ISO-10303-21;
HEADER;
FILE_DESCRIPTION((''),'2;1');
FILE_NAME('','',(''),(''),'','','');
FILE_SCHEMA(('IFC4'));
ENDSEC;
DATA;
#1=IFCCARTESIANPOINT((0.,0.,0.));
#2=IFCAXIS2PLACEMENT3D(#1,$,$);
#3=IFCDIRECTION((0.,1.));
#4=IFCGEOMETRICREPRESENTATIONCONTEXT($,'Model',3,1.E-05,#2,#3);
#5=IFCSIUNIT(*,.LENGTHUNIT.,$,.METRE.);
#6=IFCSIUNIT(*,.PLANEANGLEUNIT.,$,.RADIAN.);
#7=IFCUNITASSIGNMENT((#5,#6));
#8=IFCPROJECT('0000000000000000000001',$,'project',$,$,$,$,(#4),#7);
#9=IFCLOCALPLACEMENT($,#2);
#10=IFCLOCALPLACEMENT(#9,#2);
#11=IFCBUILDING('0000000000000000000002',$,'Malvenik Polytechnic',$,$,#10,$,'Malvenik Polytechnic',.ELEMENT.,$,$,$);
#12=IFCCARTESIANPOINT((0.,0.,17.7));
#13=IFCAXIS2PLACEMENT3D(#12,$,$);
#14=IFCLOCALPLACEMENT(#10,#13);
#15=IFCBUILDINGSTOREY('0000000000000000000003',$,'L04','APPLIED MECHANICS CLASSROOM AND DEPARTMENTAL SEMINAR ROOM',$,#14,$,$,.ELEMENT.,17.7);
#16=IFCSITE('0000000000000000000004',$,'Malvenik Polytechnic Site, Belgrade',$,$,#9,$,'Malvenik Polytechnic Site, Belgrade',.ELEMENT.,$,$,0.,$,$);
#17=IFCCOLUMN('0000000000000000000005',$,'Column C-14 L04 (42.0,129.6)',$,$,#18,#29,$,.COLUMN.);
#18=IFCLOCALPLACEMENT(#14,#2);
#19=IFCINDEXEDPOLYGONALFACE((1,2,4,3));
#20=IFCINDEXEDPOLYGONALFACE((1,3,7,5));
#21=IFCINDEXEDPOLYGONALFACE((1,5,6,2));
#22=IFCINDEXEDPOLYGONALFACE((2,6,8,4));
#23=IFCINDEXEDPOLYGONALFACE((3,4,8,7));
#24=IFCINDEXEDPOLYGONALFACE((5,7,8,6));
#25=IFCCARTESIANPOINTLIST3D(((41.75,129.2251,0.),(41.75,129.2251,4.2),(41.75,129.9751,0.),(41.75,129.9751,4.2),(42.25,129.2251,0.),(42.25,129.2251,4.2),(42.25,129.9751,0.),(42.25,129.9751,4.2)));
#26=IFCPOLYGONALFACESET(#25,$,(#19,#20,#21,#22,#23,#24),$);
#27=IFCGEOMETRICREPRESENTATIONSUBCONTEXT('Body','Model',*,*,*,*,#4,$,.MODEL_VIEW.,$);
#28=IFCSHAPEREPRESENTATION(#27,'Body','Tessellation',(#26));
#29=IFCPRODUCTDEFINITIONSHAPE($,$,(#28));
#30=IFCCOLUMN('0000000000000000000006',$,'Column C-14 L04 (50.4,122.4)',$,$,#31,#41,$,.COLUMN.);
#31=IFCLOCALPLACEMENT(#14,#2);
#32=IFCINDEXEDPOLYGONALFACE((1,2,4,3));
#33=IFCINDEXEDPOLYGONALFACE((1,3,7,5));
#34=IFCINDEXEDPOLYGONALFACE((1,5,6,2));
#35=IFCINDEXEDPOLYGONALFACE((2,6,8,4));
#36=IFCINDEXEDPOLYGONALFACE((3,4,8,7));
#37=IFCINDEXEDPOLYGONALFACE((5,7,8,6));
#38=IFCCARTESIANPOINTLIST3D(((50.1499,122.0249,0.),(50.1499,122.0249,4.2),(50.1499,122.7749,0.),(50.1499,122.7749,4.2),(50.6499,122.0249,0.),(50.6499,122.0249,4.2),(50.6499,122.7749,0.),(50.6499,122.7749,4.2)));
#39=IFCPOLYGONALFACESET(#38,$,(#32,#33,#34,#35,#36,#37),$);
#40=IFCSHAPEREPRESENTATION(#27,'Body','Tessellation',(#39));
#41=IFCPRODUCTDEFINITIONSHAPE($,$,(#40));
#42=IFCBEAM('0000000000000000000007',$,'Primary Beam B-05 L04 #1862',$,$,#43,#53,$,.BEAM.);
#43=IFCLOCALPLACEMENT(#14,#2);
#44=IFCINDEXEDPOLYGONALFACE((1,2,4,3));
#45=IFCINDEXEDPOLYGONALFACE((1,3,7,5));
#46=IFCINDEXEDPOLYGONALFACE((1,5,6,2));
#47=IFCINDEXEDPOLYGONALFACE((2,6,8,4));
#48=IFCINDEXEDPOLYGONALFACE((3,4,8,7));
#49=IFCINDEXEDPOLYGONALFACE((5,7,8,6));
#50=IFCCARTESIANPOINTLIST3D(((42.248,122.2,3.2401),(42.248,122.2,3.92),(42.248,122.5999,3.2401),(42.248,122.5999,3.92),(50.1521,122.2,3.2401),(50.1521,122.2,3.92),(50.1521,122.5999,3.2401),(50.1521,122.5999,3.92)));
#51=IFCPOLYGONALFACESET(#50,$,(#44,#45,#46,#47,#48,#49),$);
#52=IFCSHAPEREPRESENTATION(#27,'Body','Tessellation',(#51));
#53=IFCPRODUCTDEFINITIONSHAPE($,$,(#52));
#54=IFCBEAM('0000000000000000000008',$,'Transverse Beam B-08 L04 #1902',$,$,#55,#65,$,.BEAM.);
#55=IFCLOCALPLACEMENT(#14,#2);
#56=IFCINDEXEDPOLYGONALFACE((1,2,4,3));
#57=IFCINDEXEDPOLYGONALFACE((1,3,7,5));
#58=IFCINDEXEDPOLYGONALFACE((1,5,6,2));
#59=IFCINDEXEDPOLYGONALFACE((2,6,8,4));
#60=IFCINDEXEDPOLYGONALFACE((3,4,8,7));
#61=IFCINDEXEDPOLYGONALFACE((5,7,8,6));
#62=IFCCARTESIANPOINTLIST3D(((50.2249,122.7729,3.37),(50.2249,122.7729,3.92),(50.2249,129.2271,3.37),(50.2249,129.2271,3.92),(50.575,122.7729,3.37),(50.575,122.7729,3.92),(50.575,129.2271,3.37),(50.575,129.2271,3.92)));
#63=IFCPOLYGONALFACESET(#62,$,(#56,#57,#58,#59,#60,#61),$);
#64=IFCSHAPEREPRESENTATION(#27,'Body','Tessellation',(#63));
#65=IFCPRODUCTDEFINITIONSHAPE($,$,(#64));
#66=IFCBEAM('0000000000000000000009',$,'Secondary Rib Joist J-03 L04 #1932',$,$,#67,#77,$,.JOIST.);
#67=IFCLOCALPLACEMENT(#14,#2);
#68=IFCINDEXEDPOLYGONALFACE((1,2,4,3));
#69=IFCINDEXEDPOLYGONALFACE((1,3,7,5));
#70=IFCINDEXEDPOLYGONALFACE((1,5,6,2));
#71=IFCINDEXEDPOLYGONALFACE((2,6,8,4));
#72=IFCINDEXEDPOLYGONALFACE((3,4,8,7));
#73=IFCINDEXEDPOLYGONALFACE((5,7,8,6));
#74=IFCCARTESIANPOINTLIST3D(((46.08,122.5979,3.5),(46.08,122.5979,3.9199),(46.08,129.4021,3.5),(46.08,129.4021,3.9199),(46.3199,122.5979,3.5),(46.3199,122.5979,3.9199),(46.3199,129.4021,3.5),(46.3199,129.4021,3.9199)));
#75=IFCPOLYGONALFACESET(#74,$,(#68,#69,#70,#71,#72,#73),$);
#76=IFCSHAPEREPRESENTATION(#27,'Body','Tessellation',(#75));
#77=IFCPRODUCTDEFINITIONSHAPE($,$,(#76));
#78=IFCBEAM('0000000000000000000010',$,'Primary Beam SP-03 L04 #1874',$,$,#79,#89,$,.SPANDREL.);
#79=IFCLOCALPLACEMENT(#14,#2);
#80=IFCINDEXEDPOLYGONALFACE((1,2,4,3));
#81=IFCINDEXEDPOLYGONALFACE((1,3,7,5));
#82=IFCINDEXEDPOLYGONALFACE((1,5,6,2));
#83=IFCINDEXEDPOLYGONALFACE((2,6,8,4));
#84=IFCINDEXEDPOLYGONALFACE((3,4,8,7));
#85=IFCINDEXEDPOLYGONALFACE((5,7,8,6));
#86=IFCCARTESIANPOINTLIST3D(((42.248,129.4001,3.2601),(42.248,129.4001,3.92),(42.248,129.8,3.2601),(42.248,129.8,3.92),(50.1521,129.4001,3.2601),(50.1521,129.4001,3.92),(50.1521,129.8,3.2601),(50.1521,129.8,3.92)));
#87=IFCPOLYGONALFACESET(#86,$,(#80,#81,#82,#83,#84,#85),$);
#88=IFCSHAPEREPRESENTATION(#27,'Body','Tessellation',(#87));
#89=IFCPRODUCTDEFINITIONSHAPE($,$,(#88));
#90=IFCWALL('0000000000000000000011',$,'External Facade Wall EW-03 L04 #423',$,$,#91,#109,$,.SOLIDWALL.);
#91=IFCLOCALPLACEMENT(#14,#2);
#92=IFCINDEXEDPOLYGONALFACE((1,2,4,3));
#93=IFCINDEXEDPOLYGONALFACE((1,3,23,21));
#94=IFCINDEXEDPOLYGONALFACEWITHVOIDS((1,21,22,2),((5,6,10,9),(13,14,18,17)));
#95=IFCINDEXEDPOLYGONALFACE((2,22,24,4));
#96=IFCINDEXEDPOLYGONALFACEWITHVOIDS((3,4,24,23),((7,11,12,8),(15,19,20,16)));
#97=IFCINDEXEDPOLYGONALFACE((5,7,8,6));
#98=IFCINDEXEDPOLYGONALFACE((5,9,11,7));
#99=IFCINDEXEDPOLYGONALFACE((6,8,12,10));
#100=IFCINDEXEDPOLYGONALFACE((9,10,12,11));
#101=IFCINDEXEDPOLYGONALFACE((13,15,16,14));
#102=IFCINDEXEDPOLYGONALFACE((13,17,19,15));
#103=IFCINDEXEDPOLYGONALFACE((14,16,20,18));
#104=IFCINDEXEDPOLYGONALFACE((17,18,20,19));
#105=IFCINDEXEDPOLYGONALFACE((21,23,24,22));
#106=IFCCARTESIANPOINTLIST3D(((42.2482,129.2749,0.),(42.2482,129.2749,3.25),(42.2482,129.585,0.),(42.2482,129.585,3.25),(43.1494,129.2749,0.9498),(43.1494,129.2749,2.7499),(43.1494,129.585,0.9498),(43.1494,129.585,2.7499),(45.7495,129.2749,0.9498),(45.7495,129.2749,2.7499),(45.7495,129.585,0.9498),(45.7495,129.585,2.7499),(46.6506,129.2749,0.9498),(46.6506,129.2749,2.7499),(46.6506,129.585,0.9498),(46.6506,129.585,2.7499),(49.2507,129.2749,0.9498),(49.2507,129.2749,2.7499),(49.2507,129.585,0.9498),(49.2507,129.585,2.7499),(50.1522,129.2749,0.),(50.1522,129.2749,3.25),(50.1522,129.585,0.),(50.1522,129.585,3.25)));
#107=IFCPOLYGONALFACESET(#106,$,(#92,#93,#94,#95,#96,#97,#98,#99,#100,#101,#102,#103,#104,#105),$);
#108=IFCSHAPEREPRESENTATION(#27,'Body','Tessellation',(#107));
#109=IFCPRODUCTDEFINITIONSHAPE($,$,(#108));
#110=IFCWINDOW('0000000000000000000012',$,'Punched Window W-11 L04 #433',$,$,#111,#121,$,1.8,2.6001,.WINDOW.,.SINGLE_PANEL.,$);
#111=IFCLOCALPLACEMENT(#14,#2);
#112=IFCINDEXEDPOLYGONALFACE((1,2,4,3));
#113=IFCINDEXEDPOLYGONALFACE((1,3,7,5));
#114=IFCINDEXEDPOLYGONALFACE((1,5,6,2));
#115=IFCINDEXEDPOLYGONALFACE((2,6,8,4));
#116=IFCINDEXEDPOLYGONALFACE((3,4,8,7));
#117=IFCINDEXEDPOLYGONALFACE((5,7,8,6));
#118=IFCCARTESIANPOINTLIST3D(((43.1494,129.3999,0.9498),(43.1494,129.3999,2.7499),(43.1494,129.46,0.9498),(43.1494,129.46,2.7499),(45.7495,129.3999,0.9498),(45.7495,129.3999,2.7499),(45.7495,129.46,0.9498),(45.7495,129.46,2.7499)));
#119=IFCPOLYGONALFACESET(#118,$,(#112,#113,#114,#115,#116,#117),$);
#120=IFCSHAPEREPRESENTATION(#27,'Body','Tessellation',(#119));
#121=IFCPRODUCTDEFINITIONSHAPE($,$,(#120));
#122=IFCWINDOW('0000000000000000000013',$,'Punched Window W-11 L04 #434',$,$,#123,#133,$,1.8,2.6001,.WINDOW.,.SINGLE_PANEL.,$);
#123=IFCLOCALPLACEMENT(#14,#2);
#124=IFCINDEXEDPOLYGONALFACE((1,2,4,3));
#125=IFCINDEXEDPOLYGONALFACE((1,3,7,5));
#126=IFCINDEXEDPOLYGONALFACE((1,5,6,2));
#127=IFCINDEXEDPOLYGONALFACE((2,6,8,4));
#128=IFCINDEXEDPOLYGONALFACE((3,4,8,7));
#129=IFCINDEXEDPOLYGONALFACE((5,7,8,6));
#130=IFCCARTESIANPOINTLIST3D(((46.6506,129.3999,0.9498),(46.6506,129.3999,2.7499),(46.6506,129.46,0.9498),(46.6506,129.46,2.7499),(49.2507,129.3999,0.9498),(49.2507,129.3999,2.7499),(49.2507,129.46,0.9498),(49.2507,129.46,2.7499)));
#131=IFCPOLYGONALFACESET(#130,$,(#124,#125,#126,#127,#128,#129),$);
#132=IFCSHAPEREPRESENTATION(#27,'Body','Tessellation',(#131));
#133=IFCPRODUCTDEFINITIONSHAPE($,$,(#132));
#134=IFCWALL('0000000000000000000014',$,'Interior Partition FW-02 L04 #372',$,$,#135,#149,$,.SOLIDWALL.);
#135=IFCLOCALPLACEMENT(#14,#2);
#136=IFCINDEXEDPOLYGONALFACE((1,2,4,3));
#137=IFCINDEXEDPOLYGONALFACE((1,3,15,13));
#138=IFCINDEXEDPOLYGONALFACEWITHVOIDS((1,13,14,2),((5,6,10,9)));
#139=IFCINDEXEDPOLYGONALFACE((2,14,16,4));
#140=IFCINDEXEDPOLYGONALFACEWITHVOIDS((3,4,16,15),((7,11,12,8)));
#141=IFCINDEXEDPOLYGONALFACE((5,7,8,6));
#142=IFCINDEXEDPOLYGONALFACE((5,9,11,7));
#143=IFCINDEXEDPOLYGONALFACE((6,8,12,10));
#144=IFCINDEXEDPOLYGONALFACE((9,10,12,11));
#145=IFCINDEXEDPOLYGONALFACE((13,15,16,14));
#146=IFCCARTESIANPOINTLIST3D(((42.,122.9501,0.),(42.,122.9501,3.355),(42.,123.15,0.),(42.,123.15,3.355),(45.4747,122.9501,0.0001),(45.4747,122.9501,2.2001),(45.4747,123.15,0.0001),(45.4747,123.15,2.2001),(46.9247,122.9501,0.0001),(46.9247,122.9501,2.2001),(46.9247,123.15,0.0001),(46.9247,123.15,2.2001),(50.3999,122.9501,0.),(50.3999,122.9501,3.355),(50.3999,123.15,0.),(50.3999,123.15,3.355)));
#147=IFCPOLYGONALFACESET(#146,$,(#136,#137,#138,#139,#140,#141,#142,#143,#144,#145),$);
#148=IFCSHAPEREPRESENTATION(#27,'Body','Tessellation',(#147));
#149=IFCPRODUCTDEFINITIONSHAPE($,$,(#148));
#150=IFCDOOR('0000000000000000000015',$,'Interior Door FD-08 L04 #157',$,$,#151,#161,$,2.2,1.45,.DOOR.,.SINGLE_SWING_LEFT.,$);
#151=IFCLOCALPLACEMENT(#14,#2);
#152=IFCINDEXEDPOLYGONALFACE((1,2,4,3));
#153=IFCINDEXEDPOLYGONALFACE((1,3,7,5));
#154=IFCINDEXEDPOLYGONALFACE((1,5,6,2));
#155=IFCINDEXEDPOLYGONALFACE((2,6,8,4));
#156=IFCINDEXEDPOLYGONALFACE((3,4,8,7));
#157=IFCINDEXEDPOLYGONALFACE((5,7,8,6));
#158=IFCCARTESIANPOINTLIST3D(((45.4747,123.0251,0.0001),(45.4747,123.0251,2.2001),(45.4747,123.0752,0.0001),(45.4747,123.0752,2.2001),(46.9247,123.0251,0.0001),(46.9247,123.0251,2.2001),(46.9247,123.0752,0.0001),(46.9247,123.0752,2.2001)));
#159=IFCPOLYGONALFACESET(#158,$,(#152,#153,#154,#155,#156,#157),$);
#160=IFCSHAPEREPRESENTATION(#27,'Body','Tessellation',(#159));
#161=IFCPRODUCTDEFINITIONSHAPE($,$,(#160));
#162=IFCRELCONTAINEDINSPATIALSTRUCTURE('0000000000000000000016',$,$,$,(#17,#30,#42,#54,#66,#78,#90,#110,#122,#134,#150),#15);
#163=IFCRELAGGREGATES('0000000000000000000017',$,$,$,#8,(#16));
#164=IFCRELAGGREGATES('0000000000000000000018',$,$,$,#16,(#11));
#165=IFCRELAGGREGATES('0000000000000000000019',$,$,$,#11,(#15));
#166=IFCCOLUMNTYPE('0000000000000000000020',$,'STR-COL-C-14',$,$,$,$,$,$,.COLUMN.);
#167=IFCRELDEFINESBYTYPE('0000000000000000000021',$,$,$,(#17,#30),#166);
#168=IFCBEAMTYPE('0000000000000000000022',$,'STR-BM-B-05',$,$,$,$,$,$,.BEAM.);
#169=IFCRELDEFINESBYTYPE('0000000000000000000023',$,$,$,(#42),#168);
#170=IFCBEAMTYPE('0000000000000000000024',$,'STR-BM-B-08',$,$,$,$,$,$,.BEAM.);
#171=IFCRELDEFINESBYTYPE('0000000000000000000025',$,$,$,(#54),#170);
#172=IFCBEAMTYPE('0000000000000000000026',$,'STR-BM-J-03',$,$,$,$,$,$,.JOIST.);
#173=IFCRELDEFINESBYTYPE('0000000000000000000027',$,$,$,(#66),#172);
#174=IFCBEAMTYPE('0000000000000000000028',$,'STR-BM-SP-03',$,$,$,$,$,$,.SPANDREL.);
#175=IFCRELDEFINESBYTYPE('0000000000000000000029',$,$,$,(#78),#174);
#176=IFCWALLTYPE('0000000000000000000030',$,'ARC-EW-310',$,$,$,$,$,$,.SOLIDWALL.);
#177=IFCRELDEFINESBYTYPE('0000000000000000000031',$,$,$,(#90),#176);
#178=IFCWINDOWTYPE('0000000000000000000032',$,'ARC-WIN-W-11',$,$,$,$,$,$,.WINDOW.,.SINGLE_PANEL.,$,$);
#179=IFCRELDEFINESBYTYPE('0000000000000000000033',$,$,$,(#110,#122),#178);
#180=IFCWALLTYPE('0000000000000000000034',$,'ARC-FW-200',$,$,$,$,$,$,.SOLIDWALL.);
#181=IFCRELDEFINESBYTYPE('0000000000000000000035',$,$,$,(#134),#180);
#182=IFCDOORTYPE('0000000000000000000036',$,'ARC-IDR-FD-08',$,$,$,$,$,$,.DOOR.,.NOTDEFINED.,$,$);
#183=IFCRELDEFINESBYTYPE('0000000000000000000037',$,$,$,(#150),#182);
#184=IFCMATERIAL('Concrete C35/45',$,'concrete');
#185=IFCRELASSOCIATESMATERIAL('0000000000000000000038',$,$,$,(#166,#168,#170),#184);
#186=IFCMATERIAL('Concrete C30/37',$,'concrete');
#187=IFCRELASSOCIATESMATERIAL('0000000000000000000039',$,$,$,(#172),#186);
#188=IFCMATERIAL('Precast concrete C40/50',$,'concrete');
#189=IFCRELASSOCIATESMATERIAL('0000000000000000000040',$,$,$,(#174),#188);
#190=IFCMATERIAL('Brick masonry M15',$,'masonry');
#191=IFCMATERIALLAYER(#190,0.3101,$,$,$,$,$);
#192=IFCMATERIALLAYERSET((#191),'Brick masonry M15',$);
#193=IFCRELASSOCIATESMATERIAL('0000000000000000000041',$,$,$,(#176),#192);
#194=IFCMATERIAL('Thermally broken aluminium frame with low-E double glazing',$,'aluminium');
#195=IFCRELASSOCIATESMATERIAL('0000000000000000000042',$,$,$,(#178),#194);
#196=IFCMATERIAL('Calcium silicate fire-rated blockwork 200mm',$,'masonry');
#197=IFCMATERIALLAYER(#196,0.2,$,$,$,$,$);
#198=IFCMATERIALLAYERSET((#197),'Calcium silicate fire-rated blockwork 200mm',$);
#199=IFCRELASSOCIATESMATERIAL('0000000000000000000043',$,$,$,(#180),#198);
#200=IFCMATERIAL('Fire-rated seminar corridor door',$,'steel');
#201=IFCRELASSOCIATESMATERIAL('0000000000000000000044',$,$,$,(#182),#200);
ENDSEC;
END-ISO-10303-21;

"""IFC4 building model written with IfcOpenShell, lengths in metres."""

from ifc_helpers import new_model, si_unit, direction, frame, frame_2d, origin, origin_2d, place, context, subcontext, project, spatial, rectangle, extrude, material, layer, layer_set, material_profile, profile_set, type_object, element, fill, save


model = new_model("IFC4")

# Units and contexts
model_context = context("Model", 3, precision=1e-05, world=origin(), true_north=direction((0.0, 1.0)))
body_context = subcontext(model_context, "Body", "Model", "MODEL_VIEW")
ifc_project = project(units=[si_unit("LENGTHUNIT", "METRE"), si_unit("PLANEANGLEUNIT", "RADIAN")], contexts=[model_context])

# Site, building, storey
site_placement = place(None, origin())
site = spatial("IfcSite", under=ifc_project, at=site_placement, Name="Malvenik Polytechnic Site, Belgrade", LongName="Malvenik Polytechnic Site, Belgrade", CompositionType="ELEMENT", RefElevation=0.0)
building_placement = place(site_placement, origin())
building = spatial("IfcBuilding", under=site, at=building_placement, Name="Malvenik Polytechnic", LongName="Malvenik Polytechnic", CompositionType="ELEMENT")
storey_placement = place(building_placement, frame((0.0, 0.0, 17.7)))
storey = spatial("IfcBuildingStorey", under=building, at=storey_placement, Name="L04", Description="APPLIED MECHANICS CLASSROOM AND DEPARTMENTAL SEMINAR ROOM", CompositionType="ELEMENT", Elevation=17.7)

# Columns
ifc_material_1 = material(Name="Concrete C35/45", Category="concrete")
ifc_material_profile_1 = material_profile(ifc_material_1, rectangle(XDim=0.5, YDim=0.75, at=origin_2d()), Name="RC COL 750x500")
ifc_profile_set_1 = profile_set([ifc_material_profile_1], Name="Concrete C35/45")
column_type = type_object("IfcColumnType", Name="STR-COL-C-14", PredefinedType="COLUMN", material=ifc_profile_set_1)
for number, where, z_axis, x_axis, name in (
    (1, (42.0, 129.6001, 0.0), (0.0, 0.0, 1.0), (1.0, 0.0, 0.0), "Column C-14 L04 (42.0,129.6)"),
    (2, (50.3999, 122.3999, 0.0), (0.0, 0.0, 1.0), (1.0, 0.0, 0.0), "Column C-14 L04 (50.4,122.4)"),
):
    element("IfcColumn", number, at=place(storey_placement, frame(where, z_axis=z_axis, x_axis=x_axis)), inside=storey, type_object=column_type, Name=name, PredefinedType="COLUMN", context=body_context, shape_type="SweptSolid", body=[
        extrude(rectangle(XDim=0.5, YDim=0.75, at=origin_2d()), origin(), (0.0, 0.0, 1.0), 4.2),
    ])

# Beams
ifc_material_profile_2 = material_profile(ifc_material_1, rectangle(XDim=0.3999, YDim=0.6799, at=origin_2d()), Name="RC BM 400x680")
ifc_profile_set_2 = profile_set([ifc_material_profile_2], Name="Concrete C35/45")
beam_type_1 = type_object("IfcBeamType", Name="STR-BM-B-05", PredefinedType="BEAM", material=ifc_profile_set_2)
beam_1_placement = place(storey_placement, frame((42.248, 122.3999, 3.5801), z_axis=(1.0, 0.0, 0.0), x_axis=(0.0, 1.0, 0.0)))
element("IfcBeam", 3, at=beam_1_placement, inside=storey, type_object=beam_type_1, Name="Primary Beam B-05 L04 #1862", PredefinedType="BEAM", context=body_context, shape_type="SweptSolid", body=[
    extrude(rectangle(XDim=0.3999, YDim=0.6799, at=origin_2d()), origin(), (0.0, 0.0, 1.0), 7.9041),
])
ifc_material_profile_3 = material_profile(ifc_material_1, rectangle(XDim=0.3501, YDim=0.55, at=origin_2d()), Name="RC BM 350x550")
ifc_profile_set_3 = profile_set([ifc_material_profile_3], Name="Concrete C35/45")
beam_type_2 = type_object("IfcBeamType", Name="STR-BM-B-08", PredefinedType="BEAM", material=ifc_profile_set_3)
beam_2_placement = place(storey_placement, frame((50.3999, 122.7729, 3.645), z_axis=(0.0, 1.0, 0.0), x_axis=(-1.0, 0.0, 0.0)))
element("IfcBeam", 4, at=beam_2_placement, inside=storey, type_object=beam_type_2, Name="Transverse Beam B-08 L04 #1902", PredefinedType="BEAM", context=body_context, shape_type="SweptSolid", body=[
    extrude(rectangle(XDim=0.3501, YDim=0.55, at=origin_2d()), origin(), (0.0, 0.0, 1.0), 6.4541),
])
ifc_material_2 = material(Name="Concrete C30/37", Category="concrete")
ifc_material_profile_4 = material_profile(ifc_material_2, rectangle(XDim=0.24, YDim=0.4199, at=origin_2d()), Name="RC JST 240x420")
ifc_profile_set_4 = profile_set([ifc_material_profile_4], Name="Concrete C30/37")
beam_type_3 = type_object("IfcBeamType", Name="STR-BM-J-03", PredefinedType="JOIST", material=ifc_profile_set_4)
beam_3_placement = place(storey_placement, frame((46.2, 122.5979, 3.71), z_axis=(0.0, 1.0, 0.0), x_axis=(-1.0, 0.0, 0.0)))
element("IfcBeam", 5, at=beam_3_placement, inside=storey, type_object=beam_type_3, Name="Secondary Rib Joist J-03 L04 #1932", PredefinedType="JOIST", context=body_context, shape_type="SweptSolid", body=[
    extrude(rectangle(XDim=0.24, YDim=0.4199, at=origin_2d()), origin(), (0.0, 0.0, 1.0), 6.8042),
])
ifc_material_3 = material(Name="Precast concrete C40/50", Category="concrete")
ifc_material_profile_5 = material_profile(ifc_material_3, rectangle(XDim=0.3999, YDim=0.6599, at=origin_2d()), Name="PC SPN 400x660")
ifc_profile_set_5 = profile_set([ifc_material_profile_5], Name="Precast concrete C40/50")
beam_type_4 = type_object("IfcBeamType", Name="STR-BM-SP-03", PredefinedType="SPANDREL", material=ifc_profile_set_5)
beam_4_placement = place(storey_placement, frame((42.248, 129.6001, 3.5901), z_axis=(1.0, 0.0, 0.0), x_axis=(0.0, 1.0, 0.0)))
element("IfcBeam", 6, at=beam_4_placement, inside=storey, type_object=beam_type_4, Name="Primary Beam SP-03 L04 #1874", PredefinedType="SPANDREL", context=body_context, shape_type="SweptSolid", body=[
    extrude(rectangle(XDim=0.3999, YDim=0.6599, at=origin_2d()), origin(), (0.0, 0.0, 1.0), 7.9041),
])

# Wall, openings, windows
ifc_material_4 = material(Name="Brick masonry M15", Category="masonry")
ifc_layer_1 = layer(ifc_material_4, 0.3101)
ifc_layer_set_1 = layer_set([ifc_layer_1], Name="Brick masonry M15")
wall_type_1 = type_object("IfcWallType", Name="ARC-EW-310", PredefinedType="SOLIDWALL", material=ifc_layer_set_1)
wall_1_placement = place(storey_placement, frame((42.248, 129.4299, 0.0), z_axis=(0.0, 0.0, 1.0), x_axis=(1.0, 0.0, 0.0)))
wall_1 = element("IfcWall", 7, at=wall_1_placement, inside=storey, type_object=wall_type_1, Name="External Facade Wall EW-03 L04 #423", PredefinedType="SOLIDWALL", context=body_context, shape_type="SweptSolid", body=[
    extrude(rectangle(XDim=7.9041, YDim=0.3101, at=frame_2d((3.9521, 0.0))), origin(), (0.0, 0.0, 1.0), 3.25),
])
opening_1_placement = place(wall_1_placement, frame((0.9014, 0.0, 0.95)))
opening_1 = element("IfcOpeningElement", 8, at=opening_1_placement, cuts=wall_1, PredefinedType="OPENING", context=body_context, shape_type="SweptSolid", body=[
    extrude(rectangle(XDim=2.6001, YDim=1.8, at=frame_2d((1.3, 0.8999))), frame((0.0, 0.165, 0.0), z_axis=(0.0, -1.0, 0.0), x_axis=(1.0, 0.0, 0.0)), (0.0, 0.0, 1.0), 0.3301),
])
opening_2_placement = place(wall_1_placement, frame((4.4026, 0.0, 0.95)))
opening_2 = element("IfcOpeningElement", 9, at=opening_2_placement, cuts=wall_1, PredefinedType="OPENING", context=body_context, shape_type="SweptSolid", body=[
    extrude(rectangle(XDim=2.6001, YDim=1.8, at=frame_2d((1.3, 0.8999))), frame((0.0, 0.165, 0.0), z_axis=(0.0, -1.0, 0.0), x_axis=(1.0, 0.0, 0.0)), (0.0, 0.0, 1.0), 0.3301),
])
ifc_material_5 = material(Name="Thermally broken aluminium frame with low-E double glazing", Category="aluminium")
window_type = type_object("IfcWindowType", Name="ARC-WIN-W-11", PartitioningType="SINGLE_PANEL", PredefinedType="WINDOW", material=ifc_material_5)
window_1_placement = place(opening_1_placement, origin())
window_1 = element("IfcWindow", 10, at=window_1_placement, inside=storey, type_object=window_type, Name="Punched Window W-11 L04 #433", OverallHeight=1.8, OverallWidth=2.6001, PartitioningType="SINGLE_PANEL", PredefinedType="WINDOW", context=body_context, shape_type="SweptSolid", body=[
    extrude(rectangle(XDim=2.6001, YDim=1.8, at=frame_2d((1.3, 0.8999))), frame((0.0, 0.03, 0.0), z_axis=(0.0, -1.0, 0.0), x_axis=(1.0, 0.0, 0.0)), (0.0, 0.0, 1.0), 0.0601),
])
fill(opening_1, window_1)
window_2_placement = place(opening_2_placement, origin())
window_2 = element("IfcWindow", 11, at=window_2_placement, inside=storey, type_object=window_type, Name="Punched Window W-11 L04 #434", OverallHeight=1.8, OverallWidth=2.6001, PartitioningType="SINGLE_PANEL", PredefinedType="WINDOW", context=body_context, shape_type="SweptSolid", body=[
    extrude(rectangle(XDim=2.6001, YDim=1.8, at=frame_2d((1.3, 0.8999))), frame((0.0, 0.03, 0.0), z_axis=(0.0, -1.0, 0.0), x_axis=(1.0, 0.0, 0.0)), (0.0, 0.0, 1.0), 0.0601),
])
fill(opening_2, window_2)

# Wall, opening, door
ifc_material_6 = material(Name="Calcium silicate fire-rated blockwork 200mm", Category="masonry")
ifc_layer_2 = layer(ifc_material_6, 0.2)
ifc_layer_set_2 = layer_set([ifc_layer_2], Name="Calcium silicate fire-rated blockwork 200mm")
wall_type_2 = type_object("IfcWallType", Name="ARC-FW-200", PredefinedType="SOLIDWALL", material=ifc_layer_set_2)
wall_2_placement = place(storey_placement, frame((50.3999, 123.05, 0.0), z_axis=(0.0, 0.0, 1.0), x_axis=(-1.0, 0.0, 0.0)))
wall_2 = element("IfcWall", 12, at=wall_2_placement, inside=storey, type_object=wall_type_2, Name="Interior Partition FW-02 L04 #372", PredefinedType="SOLIDWALL", context=body_context, shape_type="SweptSolid", body=[
    extrude(rectangle(XDim=8.3999, YDim=0.2, at=frame_2d((4.2, 0.0))), origin(), (0.0, 0.0, 1.0), 3.355),
])
opening_3_placement = place(wall_2_placement, frame((3.4751, 0.0, 0.0)))
opening_3 = element("IfcOpeningElement", 13, at=opening_3_placement, cuts=wall_2, PredefinedType="OPENING", context=body_context, shape_type="SweptSolid", body=[
    extrude(rectangle(XDim=1.45, YDim=2.2, at=frame_2d((0.7251, 1.1001))), frame((0.0, 0.1099, 0.0), z_axis=(0.0, -1.0, 0.0), x_axis=(1.0, 0.0, 0.0)), (0.0, 0.0, 1.0), 0.22),
])
ifc_material_7 = material(Name="Fire-rated seminar corridor door", Category="steel")
door_type_1 = type_object("IfcDoorType", Name="ARC-IDR-FD-08", OperationType="NOTDEFINED", PredefinedType="DOOR", material=ifc_material_7)
door_1_placement = place(opening_3_placement, origin())
door_1 = element("IfcDoor", 14, at=door_1_placement, inside=storey, type_object=door_type_1, Name="Interior Door FD-08 L04 #157", OperationType="SINGLE_SWING_LEFT", OverallHeight=2.2, OverallWidth=1.45, PredefinedType="DOOR", context=body_context, shape_type="SweptSolid", body=[
    extrude(rectangle(XDim=1.45, YDim=2.2, at=frame_2d((0.7251, 1.1001))), frame((0.0, 0.0249, 0.0), z_axis=(0.0, -1.0, 0.0), x_axis=(1.0, 0.0, 0.0)), (0.0, 0.0, 1.0), 0.05),
])
fill(opening_3, door_1)

save(model, "model.ifc")
